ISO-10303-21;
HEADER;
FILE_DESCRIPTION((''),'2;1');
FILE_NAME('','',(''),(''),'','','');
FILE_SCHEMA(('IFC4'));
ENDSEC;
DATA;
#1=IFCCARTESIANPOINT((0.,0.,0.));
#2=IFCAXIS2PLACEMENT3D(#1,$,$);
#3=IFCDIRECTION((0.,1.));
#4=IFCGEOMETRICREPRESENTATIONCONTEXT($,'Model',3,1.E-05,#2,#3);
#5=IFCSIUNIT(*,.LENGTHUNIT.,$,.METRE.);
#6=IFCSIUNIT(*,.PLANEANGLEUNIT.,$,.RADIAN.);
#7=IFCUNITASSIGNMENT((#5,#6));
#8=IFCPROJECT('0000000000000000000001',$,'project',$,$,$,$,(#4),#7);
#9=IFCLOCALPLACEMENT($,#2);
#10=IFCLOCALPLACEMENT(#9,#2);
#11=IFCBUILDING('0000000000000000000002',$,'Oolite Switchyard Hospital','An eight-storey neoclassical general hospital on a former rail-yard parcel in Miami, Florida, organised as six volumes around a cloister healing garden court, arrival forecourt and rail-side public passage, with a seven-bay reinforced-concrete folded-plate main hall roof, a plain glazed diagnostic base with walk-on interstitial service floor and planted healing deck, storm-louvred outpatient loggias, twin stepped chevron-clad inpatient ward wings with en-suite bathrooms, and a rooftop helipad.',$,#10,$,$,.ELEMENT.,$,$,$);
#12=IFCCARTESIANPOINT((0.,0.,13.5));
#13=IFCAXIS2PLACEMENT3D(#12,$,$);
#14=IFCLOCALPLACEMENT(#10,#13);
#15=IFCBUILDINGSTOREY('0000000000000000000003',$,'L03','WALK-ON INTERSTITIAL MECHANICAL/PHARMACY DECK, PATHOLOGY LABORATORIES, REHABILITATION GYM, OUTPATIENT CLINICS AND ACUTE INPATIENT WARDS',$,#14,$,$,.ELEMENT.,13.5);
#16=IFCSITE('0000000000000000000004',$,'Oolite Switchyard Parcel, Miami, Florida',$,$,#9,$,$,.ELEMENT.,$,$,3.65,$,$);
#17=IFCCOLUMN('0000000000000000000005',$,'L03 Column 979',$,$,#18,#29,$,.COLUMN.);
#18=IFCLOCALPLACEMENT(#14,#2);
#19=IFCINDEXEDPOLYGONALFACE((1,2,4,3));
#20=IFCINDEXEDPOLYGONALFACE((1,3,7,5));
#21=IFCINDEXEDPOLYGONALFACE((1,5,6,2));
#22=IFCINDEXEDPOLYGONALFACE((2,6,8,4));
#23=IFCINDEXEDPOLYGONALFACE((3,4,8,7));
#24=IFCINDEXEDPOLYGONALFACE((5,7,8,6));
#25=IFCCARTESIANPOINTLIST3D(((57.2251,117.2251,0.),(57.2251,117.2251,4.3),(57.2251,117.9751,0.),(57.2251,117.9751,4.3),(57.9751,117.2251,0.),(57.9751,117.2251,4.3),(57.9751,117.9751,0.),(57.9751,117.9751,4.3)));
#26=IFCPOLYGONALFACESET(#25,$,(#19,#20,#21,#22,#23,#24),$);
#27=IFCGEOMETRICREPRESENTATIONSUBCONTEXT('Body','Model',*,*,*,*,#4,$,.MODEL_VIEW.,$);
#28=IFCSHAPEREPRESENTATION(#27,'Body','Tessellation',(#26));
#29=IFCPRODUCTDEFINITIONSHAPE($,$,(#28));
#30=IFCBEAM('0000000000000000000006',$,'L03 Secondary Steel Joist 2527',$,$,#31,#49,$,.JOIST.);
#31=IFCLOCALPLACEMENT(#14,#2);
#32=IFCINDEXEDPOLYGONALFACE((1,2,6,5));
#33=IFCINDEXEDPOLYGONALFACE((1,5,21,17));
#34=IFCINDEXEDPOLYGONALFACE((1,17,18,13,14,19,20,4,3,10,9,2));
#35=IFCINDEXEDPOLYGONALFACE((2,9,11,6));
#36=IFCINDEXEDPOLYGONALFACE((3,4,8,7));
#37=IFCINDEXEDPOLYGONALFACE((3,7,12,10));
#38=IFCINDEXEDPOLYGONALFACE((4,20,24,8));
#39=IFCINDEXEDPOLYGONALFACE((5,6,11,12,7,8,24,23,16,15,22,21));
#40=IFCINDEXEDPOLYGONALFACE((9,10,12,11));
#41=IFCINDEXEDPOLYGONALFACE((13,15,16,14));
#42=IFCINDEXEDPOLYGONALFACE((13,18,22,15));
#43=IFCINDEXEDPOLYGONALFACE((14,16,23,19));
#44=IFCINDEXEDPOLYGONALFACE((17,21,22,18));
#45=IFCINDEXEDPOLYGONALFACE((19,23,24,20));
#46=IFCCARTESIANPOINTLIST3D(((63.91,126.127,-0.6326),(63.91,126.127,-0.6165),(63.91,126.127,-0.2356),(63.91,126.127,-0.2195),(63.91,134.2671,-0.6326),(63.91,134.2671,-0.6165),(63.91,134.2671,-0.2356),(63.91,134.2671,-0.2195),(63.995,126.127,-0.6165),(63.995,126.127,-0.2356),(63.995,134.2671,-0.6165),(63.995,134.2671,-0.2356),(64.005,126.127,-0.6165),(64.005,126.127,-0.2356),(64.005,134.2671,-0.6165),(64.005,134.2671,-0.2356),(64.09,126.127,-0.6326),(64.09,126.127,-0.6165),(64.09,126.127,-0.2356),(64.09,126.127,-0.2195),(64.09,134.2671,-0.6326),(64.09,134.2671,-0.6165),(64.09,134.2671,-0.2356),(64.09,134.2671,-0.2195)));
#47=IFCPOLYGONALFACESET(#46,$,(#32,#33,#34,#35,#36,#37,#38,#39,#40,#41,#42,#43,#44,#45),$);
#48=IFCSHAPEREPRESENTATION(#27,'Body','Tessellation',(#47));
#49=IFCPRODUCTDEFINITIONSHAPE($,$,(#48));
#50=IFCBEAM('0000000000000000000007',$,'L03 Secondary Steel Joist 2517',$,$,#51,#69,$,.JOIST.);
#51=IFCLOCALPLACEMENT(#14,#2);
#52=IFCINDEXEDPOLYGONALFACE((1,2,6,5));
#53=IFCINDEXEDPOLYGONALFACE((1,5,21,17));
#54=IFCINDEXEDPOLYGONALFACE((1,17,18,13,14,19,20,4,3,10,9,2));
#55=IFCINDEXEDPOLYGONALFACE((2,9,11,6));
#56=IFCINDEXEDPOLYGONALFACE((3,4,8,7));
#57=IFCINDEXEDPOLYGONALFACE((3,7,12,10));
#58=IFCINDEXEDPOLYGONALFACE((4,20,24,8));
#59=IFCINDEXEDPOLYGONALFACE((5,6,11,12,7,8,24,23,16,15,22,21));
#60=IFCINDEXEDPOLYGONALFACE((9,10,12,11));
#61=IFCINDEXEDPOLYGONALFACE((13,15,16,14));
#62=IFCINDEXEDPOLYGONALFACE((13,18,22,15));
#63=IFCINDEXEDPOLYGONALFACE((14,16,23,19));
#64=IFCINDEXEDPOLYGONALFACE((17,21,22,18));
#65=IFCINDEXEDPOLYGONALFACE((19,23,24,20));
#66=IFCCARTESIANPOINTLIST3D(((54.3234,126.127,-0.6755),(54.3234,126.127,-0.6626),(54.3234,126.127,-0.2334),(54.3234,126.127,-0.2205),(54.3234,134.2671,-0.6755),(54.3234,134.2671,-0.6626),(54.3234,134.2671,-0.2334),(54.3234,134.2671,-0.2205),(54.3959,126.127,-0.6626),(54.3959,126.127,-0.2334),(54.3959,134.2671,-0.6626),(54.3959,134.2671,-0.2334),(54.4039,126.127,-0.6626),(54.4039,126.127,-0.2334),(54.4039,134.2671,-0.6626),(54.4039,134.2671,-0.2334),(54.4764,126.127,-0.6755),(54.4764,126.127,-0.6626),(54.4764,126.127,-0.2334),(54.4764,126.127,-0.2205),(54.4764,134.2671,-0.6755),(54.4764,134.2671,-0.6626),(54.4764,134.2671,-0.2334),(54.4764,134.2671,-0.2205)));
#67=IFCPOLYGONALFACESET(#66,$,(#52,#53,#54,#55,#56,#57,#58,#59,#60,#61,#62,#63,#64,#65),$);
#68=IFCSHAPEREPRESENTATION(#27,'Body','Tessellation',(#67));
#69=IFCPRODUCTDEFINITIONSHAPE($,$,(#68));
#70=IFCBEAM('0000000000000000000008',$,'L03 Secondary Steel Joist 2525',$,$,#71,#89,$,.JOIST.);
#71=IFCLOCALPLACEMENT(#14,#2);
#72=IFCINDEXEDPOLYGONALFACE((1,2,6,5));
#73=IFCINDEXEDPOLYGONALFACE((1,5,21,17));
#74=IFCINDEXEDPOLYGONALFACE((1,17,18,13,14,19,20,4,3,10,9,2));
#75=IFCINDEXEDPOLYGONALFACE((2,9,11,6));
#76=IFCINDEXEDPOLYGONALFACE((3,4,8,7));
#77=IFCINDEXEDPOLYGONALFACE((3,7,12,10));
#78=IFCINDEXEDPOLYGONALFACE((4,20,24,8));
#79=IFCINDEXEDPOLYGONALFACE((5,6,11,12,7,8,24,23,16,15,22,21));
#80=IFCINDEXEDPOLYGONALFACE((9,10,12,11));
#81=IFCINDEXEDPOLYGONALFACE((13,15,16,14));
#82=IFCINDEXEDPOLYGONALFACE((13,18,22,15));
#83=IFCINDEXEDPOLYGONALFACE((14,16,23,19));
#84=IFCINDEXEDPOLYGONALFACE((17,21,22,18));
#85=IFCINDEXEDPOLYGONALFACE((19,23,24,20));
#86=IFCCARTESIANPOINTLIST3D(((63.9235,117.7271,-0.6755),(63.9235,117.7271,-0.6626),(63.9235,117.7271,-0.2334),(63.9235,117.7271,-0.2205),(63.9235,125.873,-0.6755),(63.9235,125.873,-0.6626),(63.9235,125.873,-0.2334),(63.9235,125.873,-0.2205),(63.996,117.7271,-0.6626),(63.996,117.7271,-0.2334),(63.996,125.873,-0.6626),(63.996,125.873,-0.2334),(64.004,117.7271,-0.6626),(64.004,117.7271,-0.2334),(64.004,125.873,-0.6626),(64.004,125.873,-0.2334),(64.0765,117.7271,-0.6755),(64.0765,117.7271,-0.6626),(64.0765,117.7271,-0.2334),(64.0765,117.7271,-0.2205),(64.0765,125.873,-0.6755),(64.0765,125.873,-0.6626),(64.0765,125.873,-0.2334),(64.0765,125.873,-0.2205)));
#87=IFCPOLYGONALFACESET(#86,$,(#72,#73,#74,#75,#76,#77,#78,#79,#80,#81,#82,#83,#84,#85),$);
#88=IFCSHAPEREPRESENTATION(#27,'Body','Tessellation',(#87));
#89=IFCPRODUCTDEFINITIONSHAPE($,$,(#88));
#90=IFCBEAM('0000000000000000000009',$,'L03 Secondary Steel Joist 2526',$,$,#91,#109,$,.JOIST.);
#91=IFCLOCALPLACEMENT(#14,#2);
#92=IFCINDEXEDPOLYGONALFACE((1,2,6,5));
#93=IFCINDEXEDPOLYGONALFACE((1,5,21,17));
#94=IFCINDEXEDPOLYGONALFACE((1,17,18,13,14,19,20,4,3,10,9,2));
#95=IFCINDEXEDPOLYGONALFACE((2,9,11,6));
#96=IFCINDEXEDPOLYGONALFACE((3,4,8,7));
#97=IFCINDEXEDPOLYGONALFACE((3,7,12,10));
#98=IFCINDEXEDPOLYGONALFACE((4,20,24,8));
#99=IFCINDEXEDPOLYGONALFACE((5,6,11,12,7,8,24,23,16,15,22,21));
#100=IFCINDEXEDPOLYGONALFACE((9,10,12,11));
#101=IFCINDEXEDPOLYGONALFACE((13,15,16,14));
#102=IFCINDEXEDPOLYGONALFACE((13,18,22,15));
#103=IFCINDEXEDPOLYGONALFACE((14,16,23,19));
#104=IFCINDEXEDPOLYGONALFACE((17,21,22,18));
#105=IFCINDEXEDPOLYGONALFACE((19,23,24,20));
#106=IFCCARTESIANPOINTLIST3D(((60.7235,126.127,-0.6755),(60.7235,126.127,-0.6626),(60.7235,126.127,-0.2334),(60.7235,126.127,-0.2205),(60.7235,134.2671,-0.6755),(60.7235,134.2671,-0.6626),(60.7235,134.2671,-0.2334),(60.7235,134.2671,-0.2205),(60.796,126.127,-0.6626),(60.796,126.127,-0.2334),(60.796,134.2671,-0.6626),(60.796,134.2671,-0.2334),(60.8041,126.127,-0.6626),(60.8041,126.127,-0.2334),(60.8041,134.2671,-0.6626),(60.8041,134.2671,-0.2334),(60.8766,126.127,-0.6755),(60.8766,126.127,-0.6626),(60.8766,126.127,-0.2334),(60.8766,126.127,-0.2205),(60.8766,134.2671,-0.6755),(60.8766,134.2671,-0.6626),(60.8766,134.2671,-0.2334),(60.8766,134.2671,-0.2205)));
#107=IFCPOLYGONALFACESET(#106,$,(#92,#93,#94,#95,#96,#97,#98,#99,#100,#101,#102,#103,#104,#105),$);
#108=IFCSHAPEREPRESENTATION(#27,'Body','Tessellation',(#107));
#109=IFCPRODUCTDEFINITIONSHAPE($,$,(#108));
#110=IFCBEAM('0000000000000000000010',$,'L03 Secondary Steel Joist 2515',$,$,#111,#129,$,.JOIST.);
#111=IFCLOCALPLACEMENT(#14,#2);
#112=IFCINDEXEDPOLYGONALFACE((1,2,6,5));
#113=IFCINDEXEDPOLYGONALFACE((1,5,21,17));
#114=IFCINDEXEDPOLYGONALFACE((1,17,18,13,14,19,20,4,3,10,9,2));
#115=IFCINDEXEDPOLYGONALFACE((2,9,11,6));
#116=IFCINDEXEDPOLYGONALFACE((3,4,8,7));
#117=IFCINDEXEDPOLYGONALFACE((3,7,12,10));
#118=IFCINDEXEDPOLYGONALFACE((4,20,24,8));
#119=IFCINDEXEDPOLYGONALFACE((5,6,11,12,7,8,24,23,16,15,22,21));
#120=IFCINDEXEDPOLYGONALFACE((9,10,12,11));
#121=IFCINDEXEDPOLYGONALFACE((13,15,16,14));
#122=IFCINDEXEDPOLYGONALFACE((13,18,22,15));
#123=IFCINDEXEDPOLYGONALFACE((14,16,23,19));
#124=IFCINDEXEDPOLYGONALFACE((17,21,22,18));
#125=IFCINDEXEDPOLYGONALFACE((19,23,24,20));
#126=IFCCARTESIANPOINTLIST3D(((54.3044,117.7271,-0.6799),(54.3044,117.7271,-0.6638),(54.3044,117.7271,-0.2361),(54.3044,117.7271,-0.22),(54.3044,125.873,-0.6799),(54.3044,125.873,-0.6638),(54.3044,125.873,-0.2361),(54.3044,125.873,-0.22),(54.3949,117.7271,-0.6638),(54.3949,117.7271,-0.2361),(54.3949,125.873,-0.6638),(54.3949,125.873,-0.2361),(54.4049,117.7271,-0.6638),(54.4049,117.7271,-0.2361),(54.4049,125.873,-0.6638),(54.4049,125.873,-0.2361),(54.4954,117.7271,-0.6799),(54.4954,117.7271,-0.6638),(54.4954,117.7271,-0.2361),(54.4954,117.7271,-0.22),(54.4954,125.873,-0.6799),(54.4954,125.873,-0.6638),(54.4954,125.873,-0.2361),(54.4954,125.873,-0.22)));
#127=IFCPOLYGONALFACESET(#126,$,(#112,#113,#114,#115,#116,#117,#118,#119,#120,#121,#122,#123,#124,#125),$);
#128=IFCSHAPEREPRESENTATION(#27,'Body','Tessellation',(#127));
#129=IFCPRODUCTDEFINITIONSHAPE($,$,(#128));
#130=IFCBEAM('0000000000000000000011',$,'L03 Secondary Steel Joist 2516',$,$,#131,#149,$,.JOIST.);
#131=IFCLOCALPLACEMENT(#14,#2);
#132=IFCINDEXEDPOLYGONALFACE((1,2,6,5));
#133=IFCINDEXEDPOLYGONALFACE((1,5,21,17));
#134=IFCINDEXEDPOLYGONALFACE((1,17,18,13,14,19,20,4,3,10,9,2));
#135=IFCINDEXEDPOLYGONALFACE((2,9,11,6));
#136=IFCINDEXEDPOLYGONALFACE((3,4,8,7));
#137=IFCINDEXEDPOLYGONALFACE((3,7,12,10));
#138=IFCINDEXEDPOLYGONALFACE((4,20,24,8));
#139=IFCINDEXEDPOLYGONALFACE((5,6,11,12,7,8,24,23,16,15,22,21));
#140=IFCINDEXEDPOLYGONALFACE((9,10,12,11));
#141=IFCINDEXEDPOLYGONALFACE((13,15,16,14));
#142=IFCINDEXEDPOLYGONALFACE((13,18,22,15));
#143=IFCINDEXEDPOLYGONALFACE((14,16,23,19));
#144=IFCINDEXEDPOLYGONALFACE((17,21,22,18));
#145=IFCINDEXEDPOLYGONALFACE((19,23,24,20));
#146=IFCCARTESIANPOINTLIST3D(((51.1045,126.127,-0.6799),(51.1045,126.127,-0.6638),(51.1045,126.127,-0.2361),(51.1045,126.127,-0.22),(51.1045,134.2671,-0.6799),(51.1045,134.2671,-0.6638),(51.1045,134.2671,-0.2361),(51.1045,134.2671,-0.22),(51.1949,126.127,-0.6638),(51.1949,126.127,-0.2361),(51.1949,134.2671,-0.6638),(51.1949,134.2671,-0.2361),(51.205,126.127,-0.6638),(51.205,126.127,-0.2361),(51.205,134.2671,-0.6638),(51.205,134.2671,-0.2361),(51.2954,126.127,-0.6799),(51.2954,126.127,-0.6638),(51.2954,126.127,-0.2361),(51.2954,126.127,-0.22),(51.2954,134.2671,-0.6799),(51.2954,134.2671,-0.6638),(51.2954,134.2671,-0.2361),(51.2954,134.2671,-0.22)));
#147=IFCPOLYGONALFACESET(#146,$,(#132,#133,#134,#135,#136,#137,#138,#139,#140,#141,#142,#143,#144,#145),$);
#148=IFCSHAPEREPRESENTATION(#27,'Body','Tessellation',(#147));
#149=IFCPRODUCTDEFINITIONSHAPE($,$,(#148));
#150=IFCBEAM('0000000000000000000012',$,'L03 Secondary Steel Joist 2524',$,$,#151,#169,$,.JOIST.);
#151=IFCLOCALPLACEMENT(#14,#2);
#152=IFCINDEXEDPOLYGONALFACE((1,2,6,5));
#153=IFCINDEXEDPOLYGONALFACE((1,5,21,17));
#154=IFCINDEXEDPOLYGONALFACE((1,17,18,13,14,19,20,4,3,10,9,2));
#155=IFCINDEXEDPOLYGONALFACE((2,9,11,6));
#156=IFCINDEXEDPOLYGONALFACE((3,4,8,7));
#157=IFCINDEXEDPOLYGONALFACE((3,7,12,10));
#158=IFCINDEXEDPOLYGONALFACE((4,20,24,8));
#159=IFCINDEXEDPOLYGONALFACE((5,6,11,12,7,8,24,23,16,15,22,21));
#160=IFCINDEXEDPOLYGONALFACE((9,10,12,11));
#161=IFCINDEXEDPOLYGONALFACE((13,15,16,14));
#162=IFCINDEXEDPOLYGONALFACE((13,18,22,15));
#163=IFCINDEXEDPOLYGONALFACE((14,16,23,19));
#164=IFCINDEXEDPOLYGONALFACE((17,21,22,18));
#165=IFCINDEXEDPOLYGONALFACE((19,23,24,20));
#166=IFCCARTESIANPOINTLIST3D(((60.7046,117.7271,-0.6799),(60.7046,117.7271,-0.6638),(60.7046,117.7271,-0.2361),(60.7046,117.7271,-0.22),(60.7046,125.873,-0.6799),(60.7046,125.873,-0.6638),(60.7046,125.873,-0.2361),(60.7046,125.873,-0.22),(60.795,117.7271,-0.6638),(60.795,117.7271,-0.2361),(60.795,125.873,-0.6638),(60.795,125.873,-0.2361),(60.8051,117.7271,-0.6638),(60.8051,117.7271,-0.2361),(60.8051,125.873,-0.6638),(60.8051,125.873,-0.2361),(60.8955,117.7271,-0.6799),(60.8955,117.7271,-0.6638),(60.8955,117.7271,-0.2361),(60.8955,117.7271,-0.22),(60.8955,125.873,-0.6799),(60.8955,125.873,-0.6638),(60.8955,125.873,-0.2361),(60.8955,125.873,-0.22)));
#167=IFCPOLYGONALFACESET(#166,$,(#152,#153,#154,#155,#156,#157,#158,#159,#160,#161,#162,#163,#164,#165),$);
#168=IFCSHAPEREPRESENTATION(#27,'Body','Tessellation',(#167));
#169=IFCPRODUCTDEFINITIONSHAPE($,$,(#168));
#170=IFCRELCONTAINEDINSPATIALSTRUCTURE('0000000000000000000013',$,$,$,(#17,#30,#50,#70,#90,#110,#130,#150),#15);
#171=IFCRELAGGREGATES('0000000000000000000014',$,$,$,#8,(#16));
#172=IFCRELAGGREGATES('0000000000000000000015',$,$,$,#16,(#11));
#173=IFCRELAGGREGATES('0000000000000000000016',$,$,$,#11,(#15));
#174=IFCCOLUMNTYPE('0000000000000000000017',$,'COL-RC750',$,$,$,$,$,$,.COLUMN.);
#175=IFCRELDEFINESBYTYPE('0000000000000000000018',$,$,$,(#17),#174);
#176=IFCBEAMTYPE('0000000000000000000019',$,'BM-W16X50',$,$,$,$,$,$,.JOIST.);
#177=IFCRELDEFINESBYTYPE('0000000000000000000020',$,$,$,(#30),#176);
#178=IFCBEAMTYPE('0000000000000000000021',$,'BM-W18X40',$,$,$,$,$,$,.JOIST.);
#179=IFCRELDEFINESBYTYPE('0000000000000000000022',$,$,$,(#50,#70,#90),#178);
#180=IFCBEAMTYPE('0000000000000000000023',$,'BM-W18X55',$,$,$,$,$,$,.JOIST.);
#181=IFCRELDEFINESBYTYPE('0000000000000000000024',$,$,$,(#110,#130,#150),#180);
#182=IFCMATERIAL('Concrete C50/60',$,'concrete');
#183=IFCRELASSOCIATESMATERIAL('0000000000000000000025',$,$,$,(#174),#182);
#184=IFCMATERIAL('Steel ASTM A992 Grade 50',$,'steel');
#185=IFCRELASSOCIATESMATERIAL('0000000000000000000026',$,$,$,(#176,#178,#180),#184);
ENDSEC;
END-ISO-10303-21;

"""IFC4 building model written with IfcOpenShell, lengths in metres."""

from ifc_helpers import new_model, si_unit, direction, frame, origin, origin_2d, place, context, subcontext, project, spatial, rectangle, i_section, extrude, material, material_profile, profile_set, type_object, element, save


model = new_model("IFC4")

# Units and contexts
model_context = context("Model", 3, precision=1e-05, world=origin(), true_north=direction((0.0, 1.0)))
body_context = subcontext(model_context, "Body", "Model", "MODEL_VIEW")
ifc_project = project(units=[si_unit("LENGTHUNIT", "METRE"), si_unit("PLANEANGLEUNIT", "RADIAN")], contexts=[model_context])

# Site, building, storey
site_placement = place(None, origin())
site = spatial("IfcSite", under=ifc_project, at=site_placement, Name="Oolite Switchyard Parcel, Miami, Florida", CompositionType="ELEMENT", RefElevation=3.65)
building_placement = place(site_placement, origin())
building = spatial("IfcBuilding", under=site, at=building_placement, Name="Oolite Switchyard Hospital", Description="An eight-storey neoclassical general hospital on a former rail-yard parcel in Miami, Florida, organised as six volumes around a cloister healing garden court, arrival forecourt and rail-side public passage, with a seven-bay reinforced-concrete folded-plate main hall roof, a plain glazed diagnostic base with walk-on interstitial service floor and planted healing deck, storm-louvred outpatient loggias, twin stepped chevron-clad inpatient ward wings with en-suite bathrooms, and a rooftop helipad.", CompositionType="ELEMENT")
storey_placement = place(building_placement, frame((0.0, 0.0, 13.5)))
storey = spatial("IfcBuildingStorey", under=building, at=storey_placement, Name="L03", Description="WALK-ON INTERSTITIAL MECHANICAL/PHARMACY DECK, PATHOLOGY LABORATORIES, REHABILITATION GYM, OUTPATIENT CLINICS AND ACUTE INPATIENT WARDS", CompositionType="ELEMENT", Elevation=13.5)

# Column
ifc_material_1 = material(Name="Concrete C50/60", Category="concrete")
ifc_material_profile_1 = material_profile(ifc_material_1, rectangle(XDim=0.75, YDim=0.75, at=origin_2d()), Name="RC750X750")
ifc_profile_set_1 = profile_set([ifc_material_profile_1], Name="Concrete C50/60")
column_type = type_object("IfcColumnType", Name="COL-RC750", PredefinedType="COLUMN", material=ifc_profile_set_1)
column_placement = place(storey_placement, frame((57.6001, 117.6001, 0.0), z_axis=(0.0, 0.0, 1.0), x_axis=(1.0, 0.0, 0.0)))
element("IfcColumn", 1, at=column_placement, inside=storey, type_object=column_type, Name="L03 Column 979", PredefinedType="COLUMN", context=body_context, shape_type="SweptSolid", body=[
    extrude(rectangle(XDim=0.75, YDim=0.75, at=origin_2d()), origin(), (0.0, 0.0, 1.0), 4.3),
])

# Beams
ifc_material_2 = material(Name="Steel ASTM A992 Grade 50", Category="steel")
ifc_material_profile_2 = material_profile(ifc_material_2, i_section(OverallWidth=0.1799, OverallDepth=0.4131, WebThickness=0.01, FlangeThickness=0.0161, at=origin_2d()), Name="W16X50")
ifc_profile_set_2 = profile_set([ifc_material_profile_2], Name="Steel ASTM A992 Grade 50")
beam_type_1 = type_object("IfcBeamType", Name="BM-W16X50", PredefinedType="JOIST", material=ifc_profile_set_2)
beam_1_placement = place(storey_placement, frame((64.0, 126.127, -0.426), z_axis=(0.0, 1.0, 0.0), x_axis=(-1.0, 0.0, 0.0)))
element("IfcBeam", 2, at=beam_1_placement, inside=storey, type_object=beam_type_1, Name="L03 Secondary Steel Joist 2527", PredefinedType="JOIST", context=body_context, shape_type="SweptSolid", body=[
    extrude(i_section(OverallWidth=0.1799, OverallDepth=0.4131, WebThickness=0.01, FlangeThickness=0.0161, at=origin_2d()), origin(), (0.0, 0.0, 1.0), 8.1401),
])
ifc_material_profile_3 = material_profile(ifc_material_2, i_section(OverallWidth=0.1531, OverallDepth=0.4551, WebThickness=0.0081, FlangeThickness=0.0129, at=origin_2d()), Name="W18X40")
ifc_profile_set_3 = profile_set([ifc_material_profile_3], Name="Steel ASTM A992 Grade 50")
beam_type_2 = type_object("IfcBeamType", Name="BM-W18X40", PredefinedType="JOIST", material=ifc_profile_set_3)
beam_2_placement = place(storey_placement, frame((54.3999, 126.127, -0.448), z_axis=(0.0, 1.0, 0.0), x_axis=(-1.0, 0.0, 0.0)))
element("IfcBeam", 3, at=beam_2_placement, inside=storey, type_object=beam_type_2, Name="L03 Secondary Steel Joist 2517", PredefinedType="JOIST", context=body_context, shape_type="SweptSolid", body=[
    extrude(i_section(OverallWidth=0.1531, OverallDepth=0.4551, WebThickness=0.0081, FlangeThickness=0.0129, at=origin_2d()), origin(), (0.0, 0.0, 1.0), 8.1401),
])
beam_3_placement = place(storey_placement, frame((64.0, 117.7271, -0.448), z_axis=(0.0, 1.0, 0.0), x_axis=(-1.0, 0.0, 0.0)))
element("IfcBeam", 4, at=beam_3_placement, inside=storey, type_object=beam_type_2, Name="L03 Secondary Steel Joist 2525", PredefinedType="JOIST", context=body_context, shape_type="SweptSolid", body=[
    extrude(i_section(OverallWidth=0.1531, OverallDepth=0.4551, WebThickness=0.0081, FlangeThickness=0.0129, at=origin_2d()), origin(), (0.0, 0.0, 1.0), 8.146),
])
beam_4_placement = place(storey_placement, frame((60.8, 126.127, -0.448), z_axis=(0.0, 1.0, 0.0), x_axis=(-1.0, 0.0, 0.0)))
element("IfcBeam", 5, at=beam_4_placement, inside=storey, type_object=beam_type_2, Name="L03 Secondary Steel Joist 2526", PredefinedType="JOIST", context=body_context, shape_type="SweptSolid", body=[
    extrude(i_section(OverallWidth=0.1531, OverallDepth=0.4551, WebThickness=0.0081, FlangeThickness=0.0129, at=origin_2d()), origin(), (0.0, 0.0, 1.0), 8.1401),
])
ifc_material_profile_4 = material_profile(ifc_material_2, i_section(OverallWidth=0.1909, OverallDepth=0.46, WebThickness=0.01, FlangeThickness=0.0161, at=origin_2d()), Name="W18X55")
ifc_profile_set_4 = profile_set([ifc_material_profile_4], Name="Steel ASTM A992 Grade 50")
beam_type_3 = type_object("IfcBeamType", Name="BM-W18X55", PredefinedType="JOIST", material=ifc_profile_set_4)
beam_5_placement = place(storey_placement, frame((54.3999, 117.7271, -0.45), z_axis=(0.0, 1.0, 0.0), x_axis=(-1.0, 0.0, 0.0)))
element("IfcBeam", 6, at=beam_5_placement, inside=storey, type_object=beam_type_3, Name="L03 Secondary Steel Joist 2515", PredefinedType="JOIST", context=body_context, shape_type="SweptSolid", body=[
    extrude(i_section(OverallWidth=0.1909, OverallDepth=0.46, WebThickness=0.01, FlangeThickness=0.0161, at=origin_2d()), origin(), (0.0, 0.0, 1.0), 8.146),
])
beam_6_placement = place(storey_placement, frame((51.2, 126.127, -0.45), z_axis=(0.0, 1.0, 0.0), x_axis=(-1.0, 0.0, 0.0)))
element("IfcBeam", 7, at=beam_6_placement, inside=storey, type_object=beam_type_3, Name="L03 Secondary Steel Joist 2516", PredefinedType="JOIST", context=body_context, shape_type="SweptSolid", body=[
    extrude(i_section(OverallWidth=0.1909, OverallDepth=0.46, WebThickness=0.01, FlangeThickness=0.0161, at=origin_2d()), origin(), (0.0, 0.0, 1.0), 8.1401),
])
beam_7_placement = place(storey_placement, frame((60.8, 117.7271, -0.45), z_axis=(0.0, 1.0, 0.0), x_axis=(-1.0, 0.0, 0.0)))
element("IfcBeam", 8, at=beam_7_placement, inside=storey, type_object=beam_type_3, Name="L03 Secondary Steel Joist 2524", PredefinedType="JOIST", context=body_context, shape_type="SweptSolid", body=[
    extrude(i_section(OverallWidth=0.1909, OverallDepth=0.46, WebThickness=0.01, FlangeThickness=0.0161, at=origin_2d()), origin(), (0.0, 0.0, 1.0), 8.146),
])

save(model, "model.ifc")
